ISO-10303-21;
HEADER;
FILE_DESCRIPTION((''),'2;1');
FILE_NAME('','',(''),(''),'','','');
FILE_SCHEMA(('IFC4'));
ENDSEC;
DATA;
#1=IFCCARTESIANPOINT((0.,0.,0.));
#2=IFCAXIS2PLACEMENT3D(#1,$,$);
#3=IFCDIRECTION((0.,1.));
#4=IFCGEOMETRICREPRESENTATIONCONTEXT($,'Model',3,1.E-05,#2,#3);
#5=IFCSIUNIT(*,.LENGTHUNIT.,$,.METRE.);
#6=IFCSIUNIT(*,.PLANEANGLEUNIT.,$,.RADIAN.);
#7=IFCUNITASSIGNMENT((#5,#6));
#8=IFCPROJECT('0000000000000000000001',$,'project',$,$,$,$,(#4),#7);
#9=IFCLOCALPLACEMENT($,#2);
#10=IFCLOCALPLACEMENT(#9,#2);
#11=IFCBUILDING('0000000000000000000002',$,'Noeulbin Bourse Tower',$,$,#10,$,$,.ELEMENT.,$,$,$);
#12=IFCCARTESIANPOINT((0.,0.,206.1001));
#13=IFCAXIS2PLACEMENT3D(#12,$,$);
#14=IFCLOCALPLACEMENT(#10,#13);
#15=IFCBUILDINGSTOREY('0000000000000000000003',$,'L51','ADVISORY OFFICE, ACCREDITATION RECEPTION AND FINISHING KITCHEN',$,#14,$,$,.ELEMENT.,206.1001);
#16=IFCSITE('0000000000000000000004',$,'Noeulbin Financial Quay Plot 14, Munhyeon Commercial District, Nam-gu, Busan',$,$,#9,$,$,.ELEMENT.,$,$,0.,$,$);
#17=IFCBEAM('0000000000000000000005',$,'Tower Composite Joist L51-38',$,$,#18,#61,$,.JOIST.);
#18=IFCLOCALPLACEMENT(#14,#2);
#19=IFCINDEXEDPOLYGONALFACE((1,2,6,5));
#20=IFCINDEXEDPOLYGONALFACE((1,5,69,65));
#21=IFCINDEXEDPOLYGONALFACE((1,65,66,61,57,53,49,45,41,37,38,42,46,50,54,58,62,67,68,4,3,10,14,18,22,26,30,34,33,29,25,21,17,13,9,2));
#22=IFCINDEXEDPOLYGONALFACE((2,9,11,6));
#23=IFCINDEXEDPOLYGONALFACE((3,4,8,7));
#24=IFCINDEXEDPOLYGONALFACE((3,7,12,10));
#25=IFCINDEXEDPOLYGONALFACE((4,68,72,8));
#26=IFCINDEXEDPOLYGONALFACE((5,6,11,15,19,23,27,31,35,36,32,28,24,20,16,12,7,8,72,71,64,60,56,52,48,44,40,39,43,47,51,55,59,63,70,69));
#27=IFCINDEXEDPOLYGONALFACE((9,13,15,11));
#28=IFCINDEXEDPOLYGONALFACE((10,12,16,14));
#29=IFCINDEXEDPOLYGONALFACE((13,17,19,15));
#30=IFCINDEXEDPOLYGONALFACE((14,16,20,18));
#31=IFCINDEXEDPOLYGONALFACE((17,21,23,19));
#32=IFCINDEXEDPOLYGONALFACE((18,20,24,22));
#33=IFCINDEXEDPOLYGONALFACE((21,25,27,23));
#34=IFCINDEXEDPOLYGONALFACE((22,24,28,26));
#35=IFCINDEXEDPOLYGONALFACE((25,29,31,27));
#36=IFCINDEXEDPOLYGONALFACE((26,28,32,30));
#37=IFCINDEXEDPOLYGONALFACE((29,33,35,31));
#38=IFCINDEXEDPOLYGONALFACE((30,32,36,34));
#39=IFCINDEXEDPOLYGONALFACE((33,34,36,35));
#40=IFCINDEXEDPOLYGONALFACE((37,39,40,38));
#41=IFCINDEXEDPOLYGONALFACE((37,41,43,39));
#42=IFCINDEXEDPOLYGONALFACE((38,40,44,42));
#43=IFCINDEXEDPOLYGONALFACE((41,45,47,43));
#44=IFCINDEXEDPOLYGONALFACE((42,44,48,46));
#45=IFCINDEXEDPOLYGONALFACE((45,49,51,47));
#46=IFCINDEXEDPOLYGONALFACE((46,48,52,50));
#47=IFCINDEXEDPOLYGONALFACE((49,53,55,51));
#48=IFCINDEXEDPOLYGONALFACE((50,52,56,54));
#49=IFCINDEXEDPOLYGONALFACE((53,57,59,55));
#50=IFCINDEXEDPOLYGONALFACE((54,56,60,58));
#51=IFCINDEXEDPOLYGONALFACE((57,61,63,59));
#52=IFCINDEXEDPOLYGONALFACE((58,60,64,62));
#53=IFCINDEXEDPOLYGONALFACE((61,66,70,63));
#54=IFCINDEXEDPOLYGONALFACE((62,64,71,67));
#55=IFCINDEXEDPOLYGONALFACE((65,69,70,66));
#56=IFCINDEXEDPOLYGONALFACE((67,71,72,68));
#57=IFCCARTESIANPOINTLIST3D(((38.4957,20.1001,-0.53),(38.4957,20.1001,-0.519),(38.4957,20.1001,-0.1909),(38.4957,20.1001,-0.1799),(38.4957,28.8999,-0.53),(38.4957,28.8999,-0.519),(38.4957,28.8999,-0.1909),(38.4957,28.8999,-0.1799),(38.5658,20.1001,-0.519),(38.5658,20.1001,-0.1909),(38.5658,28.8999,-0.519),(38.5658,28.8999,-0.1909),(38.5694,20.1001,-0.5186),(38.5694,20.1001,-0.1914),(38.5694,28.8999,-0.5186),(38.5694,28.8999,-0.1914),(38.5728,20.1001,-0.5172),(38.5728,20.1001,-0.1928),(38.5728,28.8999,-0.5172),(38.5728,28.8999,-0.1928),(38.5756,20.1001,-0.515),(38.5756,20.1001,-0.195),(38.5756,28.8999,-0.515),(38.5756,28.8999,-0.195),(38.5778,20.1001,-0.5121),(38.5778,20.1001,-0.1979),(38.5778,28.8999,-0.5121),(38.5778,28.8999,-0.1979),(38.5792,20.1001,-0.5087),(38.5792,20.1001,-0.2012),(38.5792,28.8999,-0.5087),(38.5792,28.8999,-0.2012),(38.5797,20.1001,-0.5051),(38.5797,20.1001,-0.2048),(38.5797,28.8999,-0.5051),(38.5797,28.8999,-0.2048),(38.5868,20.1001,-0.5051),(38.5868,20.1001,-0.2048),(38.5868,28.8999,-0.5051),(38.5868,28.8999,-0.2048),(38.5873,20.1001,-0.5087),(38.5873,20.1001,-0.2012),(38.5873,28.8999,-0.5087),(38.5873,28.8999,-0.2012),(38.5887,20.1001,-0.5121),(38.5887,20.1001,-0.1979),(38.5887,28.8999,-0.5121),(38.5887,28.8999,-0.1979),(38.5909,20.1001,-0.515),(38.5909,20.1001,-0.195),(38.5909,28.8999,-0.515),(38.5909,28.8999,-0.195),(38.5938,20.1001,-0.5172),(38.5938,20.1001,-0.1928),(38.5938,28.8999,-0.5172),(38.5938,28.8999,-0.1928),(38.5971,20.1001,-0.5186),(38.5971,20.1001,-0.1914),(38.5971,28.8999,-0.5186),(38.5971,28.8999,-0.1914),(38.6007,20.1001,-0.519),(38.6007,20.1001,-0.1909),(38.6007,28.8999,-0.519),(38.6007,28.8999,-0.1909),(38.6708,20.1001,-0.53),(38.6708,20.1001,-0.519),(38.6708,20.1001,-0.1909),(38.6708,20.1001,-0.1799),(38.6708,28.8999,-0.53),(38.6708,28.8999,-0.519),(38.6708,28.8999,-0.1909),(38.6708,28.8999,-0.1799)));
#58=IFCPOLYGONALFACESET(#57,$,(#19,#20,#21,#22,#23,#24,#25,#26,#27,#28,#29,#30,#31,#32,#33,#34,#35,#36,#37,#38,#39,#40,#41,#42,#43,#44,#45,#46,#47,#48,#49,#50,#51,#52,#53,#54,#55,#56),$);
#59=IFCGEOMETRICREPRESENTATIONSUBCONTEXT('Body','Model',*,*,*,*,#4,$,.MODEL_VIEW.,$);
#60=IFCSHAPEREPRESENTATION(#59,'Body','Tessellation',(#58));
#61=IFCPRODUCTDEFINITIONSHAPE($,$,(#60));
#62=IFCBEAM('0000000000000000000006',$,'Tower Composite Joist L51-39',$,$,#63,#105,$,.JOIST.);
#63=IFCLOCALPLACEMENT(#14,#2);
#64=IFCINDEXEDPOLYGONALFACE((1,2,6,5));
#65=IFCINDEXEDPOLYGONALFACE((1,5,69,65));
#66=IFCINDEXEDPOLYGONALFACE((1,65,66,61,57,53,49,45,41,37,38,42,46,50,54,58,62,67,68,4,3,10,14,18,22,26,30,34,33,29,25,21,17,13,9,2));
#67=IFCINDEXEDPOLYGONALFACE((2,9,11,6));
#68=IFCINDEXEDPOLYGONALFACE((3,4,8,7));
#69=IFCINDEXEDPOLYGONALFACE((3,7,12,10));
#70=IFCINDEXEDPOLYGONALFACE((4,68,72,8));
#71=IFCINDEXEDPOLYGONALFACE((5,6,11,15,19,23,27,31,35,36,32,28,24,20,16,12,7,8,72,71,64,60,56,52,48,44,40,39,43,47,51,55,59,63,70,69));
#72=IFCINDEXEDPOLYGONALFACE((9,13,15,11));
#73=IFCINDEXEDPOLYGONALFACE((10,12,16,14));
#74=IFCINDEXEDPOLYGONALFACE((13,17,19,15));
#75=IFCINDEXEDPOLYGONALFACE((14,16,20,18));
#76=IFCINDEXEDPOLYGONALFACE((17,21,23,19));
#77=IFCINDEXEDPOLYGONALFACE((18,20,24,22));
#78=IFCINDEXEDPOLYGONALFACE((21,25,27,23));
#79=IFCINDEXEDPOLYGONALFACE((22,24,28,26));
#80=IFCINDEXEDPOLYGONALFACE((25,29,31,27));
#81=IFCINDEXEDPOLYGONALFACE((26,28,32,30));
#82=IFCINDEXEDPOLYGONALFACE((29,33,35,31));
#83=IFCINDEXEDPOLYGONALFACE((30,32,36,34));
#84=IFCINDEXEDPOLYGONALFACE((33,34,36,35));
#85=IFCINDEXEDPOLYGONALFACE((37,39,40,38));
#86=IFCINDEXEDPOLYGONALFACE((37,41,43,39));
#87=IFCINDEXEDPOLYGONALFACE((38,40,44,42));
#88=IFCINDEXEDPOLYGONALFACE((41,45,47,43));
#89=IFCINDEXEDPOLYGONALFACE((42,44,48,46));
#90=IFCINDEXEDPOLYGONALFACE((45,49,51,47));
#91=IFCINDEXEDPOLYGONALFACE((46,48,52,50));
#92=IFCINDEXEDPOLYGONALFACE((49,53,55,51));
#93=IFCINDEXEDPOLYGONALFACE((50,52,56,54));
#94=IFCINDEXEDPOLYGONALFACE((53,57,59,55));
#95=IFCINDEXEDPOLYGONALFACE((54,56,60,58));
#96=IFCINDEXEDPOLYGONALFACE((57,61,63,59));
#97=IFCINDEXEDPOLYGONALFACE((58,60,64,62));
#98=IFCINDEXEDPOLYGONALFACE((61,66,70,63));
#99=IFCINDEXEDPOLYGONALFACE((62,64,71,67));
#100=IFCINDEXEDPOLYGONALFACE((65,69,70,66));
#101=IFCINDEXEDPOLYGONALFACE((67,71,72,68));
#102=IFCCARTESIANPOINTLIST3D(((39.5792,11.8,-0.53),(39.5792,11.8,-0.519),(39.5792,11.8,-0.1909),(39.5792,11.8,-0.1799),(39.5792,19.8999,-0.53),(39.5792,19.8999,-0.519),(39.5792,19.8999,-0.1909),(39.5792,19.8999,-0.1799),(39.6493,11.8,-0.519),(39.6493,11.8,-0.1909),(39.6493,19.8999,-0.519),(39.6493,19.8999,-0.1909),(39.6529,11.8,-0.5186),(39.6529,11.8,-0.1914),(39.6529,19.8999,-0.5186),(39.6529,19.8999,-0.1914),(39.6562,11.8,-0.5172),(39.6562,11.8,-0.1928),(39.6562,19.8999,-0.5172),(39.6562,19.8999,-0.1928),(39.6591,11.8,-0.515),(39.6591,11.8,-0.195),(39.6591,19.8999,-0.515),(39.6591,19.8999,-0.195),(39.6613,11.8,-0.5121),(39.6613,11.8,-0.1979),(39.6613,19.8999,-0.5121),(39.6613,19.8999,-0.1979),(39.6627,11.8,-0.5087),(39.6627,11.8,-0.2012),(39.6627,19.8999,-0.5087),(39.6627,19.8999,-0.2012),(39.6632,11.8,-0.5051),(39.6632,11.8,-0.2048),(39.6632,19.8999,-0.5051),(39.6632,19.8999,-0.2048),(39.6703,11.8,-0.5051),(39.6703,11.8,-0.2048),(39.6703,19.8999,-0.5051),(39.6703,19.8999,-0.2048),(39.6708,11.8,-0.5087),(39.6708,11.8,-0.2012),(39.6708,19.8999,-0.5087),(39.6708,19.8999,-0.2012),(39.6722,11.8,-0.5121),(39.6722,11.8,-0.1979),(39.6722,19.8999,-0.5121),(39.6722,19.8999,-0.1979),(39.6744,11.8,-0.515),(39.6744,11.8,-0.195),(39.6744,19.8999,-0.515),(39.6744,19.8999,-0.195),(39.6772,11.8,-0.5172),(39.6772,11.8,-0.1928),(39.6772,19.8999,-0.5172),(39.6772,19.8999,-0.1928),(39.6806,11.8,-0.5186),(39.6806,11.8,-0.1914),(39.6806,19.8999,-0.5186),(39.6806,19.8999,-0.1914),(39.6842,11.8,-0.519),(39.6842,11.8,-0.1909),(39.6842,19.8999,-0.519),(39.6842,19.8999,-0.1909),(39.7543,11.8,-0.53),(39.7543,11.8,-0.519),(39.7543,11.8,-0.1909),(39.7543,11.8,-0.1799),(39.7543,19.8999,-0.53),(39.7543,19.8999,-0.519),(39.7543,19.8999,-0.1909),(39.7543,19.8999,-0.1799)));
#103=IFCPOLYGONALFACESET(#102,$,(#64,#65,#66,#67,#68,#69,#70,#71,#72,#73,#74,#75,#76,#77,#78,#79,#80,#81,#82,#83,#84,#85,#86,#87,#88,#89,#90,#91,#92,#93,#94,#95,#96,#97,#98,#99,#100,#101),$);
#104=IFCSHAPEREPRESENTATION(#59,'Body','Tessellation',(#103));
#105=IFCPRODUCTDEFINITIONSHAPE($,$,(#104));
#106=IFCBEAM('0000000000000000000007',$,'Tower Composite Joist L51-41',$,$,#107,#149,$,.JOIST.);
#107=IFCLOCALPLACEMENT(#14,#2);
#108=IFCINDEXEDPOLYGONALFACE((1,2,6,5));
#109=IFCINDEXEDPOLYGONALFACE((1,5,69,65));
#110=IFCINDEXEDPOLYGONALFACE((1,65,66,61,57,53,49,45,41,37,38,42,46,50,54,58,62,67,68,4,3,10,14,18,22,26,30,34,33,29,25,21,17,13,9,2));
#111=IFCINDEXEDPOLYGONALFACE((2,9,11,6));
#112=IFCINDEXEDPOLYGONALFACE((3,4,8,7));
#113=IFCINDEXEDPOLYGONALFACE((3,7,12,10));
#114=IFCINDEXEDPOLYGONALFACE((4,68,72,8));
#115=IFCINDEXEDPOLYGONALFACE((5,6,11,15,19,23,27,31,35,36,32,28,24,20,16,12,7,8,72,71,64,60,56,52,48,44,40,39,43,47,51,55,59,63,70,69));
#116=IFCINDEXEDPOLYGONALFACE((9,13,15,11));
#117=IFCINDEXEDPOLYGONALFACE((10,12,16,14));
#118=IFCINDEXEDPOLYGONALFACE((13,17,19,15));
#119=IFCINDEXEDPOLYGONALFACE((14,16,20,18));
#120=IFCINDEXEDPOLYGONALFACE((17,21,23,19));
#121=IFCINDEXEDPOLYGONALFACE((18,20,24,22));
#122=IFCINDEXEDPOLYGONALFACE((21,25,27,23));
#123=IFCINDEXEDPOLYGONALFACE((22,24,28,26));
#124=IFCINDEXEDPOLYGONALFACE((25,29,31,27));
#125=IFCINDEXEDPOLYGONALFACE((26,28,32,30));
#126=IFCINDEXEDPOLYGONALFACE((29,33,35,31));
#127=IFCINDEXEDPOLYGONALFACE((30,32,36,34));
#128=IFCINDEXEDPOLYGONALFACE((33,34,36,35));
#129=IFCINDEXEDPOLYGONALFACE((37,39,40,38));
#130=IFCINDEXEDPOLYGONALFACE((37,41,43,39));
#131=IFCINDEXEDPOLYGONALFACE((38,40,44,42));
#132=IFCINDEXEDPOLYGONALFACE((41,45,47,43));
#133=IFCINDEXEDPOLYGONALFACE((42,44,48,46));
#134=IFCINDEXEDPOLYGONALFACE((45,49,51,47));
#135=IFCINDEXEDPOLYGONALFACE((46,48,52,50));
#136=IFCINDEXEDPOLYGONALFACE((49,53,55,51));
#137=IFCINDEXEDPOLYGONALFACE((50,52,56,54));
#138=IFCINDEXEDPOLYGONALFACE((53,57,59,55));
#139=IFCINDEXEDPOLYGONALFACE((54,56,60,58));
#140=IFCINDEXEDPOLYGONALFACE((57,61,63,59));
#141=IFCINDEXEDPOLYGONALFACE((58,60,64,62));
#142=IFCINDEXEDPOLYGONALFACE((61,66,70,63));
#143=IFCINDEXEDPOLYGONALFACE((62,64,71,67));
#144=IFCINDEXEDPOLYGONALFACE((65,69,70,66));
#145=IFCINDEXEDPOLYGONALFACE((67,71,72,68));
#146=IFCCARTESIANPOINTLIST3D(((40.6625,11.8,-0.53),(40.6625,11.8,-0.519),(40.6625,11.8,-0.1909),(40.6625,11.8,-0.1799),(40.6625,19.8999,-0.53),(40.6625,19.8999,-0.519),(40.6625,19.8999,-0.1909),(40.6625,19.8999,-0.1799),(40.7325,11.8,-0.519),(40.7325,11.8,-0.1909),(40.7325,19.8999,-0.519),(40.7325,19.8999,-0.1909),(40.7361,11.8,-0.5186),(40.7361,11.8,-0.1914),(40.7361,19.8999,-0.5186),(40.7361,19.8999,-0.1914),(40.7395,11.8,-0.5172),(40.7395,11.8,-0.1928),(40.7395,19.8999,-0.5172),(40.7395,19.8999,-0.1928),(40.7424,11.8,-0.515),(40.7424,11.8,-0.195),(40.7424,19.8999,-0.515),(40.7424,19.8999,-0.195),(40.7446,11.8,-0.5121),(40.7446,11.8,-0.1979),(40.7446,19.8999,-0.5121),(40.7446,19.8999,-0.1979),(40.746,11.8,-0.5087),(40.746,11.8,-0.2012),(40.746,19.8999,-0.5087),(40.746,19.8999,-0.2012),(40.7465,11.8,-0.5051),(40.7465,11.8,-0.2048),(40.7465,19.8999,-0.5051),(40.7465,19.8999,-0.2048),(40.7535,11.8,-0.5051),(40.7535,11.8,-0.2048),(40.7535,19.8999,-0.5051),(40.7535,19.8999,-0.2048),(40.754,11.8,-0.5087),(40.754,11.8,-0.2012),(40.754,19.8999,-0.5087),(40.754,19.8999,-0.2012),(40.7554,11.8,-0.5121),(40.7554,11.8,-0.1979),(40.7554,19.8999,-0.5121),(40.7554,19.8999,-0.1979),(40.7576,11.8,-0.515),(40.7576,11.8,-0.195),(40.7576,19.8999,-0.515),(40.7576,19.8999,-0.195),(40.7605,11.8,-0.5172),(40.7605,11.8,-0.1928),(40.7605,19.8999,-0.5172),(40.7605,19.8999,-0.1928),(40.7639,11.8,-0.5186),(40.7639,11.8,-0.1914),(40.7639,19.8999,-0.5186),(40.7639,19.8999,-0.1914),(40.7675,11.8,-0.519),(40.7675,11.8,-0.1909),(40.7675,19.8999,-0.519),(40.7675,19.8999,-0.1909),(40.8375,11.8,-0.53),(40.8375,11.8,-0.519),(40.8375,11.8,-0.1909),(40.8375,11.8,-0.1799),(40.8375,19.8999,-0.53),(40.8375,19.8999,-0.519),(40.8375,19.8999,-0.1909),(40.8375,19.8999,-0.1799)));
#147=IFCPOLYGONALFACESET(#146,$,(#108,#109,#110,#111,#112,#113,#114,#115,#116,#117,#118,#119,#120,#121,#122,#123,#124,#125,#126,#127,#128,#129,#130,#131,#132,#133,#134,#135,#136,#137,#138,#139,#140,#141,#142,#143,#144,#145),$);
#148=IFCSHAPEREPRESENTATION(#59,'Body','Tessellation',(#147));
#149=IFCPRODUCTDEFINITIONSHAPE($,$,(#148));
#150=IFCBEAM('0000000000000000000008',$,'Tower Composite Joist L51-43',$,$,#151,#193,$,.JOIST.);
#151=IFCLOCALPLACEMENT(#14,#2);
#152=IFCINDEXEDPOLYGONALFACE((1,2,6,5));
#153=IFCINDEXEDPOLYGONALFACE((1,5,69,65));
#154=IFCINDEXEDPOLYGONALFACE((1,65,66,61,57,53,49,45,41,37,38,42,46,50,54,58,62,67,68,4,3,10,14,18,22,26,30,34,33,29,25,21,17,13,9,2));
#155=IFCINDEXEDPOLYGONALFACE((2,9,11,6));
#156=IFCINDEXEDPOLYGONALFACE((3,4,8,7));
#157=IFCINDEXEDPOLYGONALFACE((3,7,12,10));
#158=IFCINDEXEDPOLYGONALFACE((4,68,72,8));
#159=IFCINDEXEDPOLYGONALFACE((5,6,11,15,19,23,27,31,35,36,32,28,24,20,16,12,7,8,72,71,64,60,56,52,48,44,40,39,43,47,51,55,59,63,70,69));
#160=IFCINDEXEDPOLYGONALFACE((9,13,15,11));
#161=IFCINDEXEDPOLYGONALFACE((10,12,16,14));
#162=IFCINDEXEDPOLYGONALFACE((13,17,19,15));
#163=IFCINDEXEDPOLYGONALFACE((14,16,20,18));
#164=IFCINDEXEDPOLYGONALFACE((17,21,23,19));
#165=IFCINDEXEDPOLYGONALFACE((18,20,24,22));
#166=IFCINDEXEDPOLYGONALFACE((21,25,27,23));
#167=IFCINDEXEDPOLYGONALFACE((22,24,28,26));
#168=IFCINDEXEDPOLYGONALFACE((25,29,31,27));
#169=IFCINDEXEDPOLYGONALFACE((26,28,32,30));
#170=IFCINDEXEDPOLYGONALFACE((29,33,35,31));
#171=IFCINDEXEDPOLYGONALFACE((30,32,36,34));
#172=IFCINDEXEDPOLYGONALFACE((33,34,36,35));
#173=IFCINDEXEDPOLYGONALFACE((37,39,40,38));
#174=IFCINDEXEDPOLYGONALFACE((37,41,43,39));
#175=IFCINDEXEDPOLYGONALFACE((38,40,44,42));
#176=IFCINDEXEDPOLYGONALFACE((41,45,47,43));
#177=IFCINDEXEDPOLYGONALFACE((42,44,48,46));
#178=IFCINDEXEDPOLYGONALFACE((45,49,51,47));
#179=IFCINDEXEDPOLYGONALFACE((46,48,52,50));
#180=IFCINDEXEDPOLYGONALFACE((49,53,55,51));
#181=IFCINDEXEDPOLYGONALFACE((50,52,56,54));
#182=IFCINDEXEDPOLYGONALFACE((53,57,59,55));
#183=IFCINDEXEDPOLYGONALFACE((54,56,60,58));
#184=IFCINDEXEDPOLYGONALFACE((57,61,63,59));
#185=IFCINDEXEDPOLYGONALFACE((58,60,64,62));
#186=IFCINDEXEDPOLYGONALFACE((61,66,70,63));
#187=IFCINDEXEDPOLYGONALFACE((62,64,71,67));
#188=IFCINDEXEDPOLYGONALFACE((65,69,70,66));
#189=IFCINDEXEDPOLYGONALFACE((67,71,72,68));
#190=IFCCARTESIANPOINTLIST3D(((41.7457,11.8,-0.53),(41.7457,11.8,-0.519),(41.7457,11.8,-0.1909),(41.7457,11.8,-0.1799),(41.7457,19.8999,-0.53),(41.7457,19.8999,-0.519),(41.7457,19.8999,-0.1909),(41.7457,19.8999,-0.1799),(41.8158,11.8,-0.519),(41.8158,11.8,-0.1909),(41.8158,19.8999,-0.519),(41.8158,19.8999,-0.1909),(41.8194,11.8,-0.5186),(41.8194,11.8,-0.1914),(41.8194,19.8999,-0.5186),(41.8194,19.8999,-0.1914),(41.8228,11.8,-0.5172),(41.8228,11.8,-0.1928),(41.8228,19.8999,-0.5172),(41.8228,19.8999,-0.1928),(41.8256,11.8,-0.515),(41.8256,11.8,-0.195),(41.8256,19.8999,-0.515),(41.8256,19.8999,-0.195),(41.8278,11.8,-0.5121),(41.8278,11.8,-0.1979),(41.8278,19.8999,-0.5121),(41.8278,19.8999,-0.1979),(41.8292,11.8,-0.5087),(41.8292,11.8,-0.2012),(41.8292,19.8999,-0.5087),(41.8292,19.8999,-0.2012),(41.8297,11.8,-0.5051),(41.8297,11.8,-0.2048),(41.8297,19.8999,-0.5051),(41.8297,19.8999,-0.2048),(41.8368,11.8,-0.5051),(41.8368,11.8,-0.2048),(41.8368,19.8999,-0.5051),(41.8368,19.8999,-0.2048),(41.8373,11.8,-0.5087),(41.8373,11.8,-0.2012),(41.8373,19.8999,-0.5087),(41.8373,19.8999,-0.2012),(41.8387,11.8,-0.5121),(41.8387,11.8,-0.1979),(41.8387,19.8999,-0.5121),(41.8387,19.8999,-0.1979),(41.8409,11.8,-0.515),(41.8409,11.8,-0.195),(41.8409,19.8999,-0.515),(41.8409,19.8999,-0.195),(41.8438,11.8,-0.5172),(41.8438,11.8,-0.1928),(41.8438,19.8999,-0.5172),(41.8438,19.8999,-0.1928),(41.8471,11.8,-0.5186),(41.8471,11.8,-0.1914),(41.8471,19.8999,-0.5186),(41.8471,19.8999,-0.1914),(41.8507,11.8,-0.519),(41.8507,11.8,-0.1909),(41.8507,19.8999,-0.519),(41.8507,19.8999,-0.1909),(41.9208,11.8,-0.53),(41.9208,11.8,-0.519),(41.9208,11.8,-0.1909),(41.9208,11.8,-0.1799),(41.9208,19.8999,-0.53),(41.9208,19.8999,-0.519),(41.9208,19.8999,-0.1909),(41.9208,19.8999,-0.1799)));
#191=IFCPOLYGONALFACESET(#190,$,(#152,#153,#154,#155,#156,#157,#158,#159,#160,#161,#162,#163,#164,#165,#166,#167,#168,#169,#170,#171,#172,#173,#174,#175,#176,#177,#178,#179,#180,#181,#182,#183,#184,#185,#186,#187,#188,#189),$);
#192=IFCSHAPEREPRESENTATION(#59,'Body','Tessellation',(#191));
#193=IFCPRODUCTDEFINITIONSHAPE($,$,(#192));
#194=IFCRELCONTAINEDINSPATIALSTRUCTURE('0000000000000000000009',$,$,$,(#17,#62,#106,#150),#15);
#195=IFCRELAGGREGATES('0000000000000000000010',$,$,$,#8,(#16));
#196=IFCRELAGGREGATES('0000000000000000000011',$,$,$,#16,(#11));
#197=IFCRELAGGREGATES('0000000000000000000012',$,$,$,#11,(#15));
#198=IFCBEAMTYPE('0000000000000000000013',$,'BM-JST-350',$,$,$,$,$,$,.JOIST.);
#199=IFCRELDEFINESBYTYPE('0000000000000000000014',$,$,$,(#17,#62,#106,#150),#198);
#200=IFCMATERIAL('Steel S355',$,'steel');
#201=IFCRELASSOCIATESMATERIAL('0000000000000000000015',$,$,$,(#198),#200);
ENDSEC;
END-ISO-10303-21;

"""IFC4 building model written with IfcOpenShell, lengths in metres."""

from ifc_helpers import new_model, si_unit, direction, frame, origin, origin_2d, place, context, subcontext, project, spatial, i_section, extrude, material, material_profile, profile_set, type_object, element, save


model = new_model("IFC4")

# Units and contexts
model_context = context("Model", 3, precision=1e-05, world=origin(), true_north=direction((0.0, 1.0)))
body_context = subcontext(model_context, "Body", "Model", "MODEL_VIEW")
ifc_project = project(units=[si_unit("LENGTHUNIT", "METRE"), si_unit("PLANEANGLEUNIT", "RADIAN")], contexts=[model_context])

# Site, building, storey
site_placement = place(None, origin())
site = spatial("IfcSite", under=ifc_project, at=site_placement, Name="Noeulbin Financial Quay Plot 14, Munhyeon Commercial District, Nam-gu, Busan", CompositionType="ELEMENT", RefElevation=0.0)
building_placement = place(site_placement, origin())
building = spatial("IfcBuilding", under=site, at=building_placement, Name="Noeulbin Bourse Tower", CompositionType="ELEMENT")
storey_placement = place(building_placement, frame((0.0, 0.0, 206.1001)))
storey = spatial("IfcBuildingStorey", under=building, at=storey_placement, Name="L51", Description="ADVISORY OFFICE, ACCREDITATION RECEPTION AND FINISHING KITCHEN", CompositionType="ELEMENT", Elevation=206.1001)

# Shared definitions
ifc_material_1 = material(Name="Steel S355", Category="steel")

# Beams
ifc_material_profile_1 = material_profile(ifc_material_1, i_section(OverallWidth=0.175, OverallDepth=0.3501, WebThickness=0.0071, FlangeThickness=0.011, FilletRadius=0.0139, at=origin_2d()), Name="H-350x175x7x11", Category="LoadBearing")
ifc_profile_set_1 = profile_set([ifc_material_profile_1], Name="Steel S355")
beam_type_1 = type_object("IfcBeamType", Name="BM-JST-350", PredefinedType="JOIST", material=ifc_profile_set_1)
beam_1_placement = place(storey_placement, frame((38.5833, 20.1001, -0.355), z_axis=(0.0, 1.0, 0.0), x_axis=(-1.0, 0.0, 0.0)))
element("IfcBeam", 1, at=beam_1_placement, inside=storey, type_object=beam_type_1, Name="Tower Composite Joist L51-38", PredefinedType="JOIST", context=body_context, shape_type="SweptSolid", body=[
    extrude(i_section(OverallWidth=0.175, OverallDepth=0.3501, WebThickness=0.0071, FlangeThickness=0.011, FilletRadius=0.0139, at=origin_2d()), origin(), (0.0, 0.0, 1.0), 8.7998),
])
for number, where, z_axis, x_axis, name in (
    (2, (39.6667, 11.8, -0.355), (0.0, 1.0, 0.0), (-1.0, 0.0, 0.0), "Tower Composite Joist L51-39"),
    (3, (40.75, 11.8, -0.355), (0.0, 1.0, 0.0), (-1.0, 0.0, 0.0), "Tower Composite Joist L51-41"),
    (4, (41.8333, 11.8, -0.355), (0.0, 1.0, 0.0), (-1.0, 0.0, 0.0), "Tower Composite Joist L51-43"),
):
    element("IfcBeam", number, at=place(storey_placement, frame(where, z_axis=z_axis, x_axis=x_axis)), inside=storey, type_object=beam_type_1, Name=name, PredefinedType="JOIST", context=body_context, shape_type="SweptSolid", body=[
        extrude(i_section(OverallWidth=0.175, OverallDepth=0.3501, WebThickness=0.0071, FlangeThickness=0.011, FilletRadius=0.0139, at=origin_2d()), origin(), (0.0, 0.0, 1.0), 8.0999),
    ])

save(model, "model.ifc")
